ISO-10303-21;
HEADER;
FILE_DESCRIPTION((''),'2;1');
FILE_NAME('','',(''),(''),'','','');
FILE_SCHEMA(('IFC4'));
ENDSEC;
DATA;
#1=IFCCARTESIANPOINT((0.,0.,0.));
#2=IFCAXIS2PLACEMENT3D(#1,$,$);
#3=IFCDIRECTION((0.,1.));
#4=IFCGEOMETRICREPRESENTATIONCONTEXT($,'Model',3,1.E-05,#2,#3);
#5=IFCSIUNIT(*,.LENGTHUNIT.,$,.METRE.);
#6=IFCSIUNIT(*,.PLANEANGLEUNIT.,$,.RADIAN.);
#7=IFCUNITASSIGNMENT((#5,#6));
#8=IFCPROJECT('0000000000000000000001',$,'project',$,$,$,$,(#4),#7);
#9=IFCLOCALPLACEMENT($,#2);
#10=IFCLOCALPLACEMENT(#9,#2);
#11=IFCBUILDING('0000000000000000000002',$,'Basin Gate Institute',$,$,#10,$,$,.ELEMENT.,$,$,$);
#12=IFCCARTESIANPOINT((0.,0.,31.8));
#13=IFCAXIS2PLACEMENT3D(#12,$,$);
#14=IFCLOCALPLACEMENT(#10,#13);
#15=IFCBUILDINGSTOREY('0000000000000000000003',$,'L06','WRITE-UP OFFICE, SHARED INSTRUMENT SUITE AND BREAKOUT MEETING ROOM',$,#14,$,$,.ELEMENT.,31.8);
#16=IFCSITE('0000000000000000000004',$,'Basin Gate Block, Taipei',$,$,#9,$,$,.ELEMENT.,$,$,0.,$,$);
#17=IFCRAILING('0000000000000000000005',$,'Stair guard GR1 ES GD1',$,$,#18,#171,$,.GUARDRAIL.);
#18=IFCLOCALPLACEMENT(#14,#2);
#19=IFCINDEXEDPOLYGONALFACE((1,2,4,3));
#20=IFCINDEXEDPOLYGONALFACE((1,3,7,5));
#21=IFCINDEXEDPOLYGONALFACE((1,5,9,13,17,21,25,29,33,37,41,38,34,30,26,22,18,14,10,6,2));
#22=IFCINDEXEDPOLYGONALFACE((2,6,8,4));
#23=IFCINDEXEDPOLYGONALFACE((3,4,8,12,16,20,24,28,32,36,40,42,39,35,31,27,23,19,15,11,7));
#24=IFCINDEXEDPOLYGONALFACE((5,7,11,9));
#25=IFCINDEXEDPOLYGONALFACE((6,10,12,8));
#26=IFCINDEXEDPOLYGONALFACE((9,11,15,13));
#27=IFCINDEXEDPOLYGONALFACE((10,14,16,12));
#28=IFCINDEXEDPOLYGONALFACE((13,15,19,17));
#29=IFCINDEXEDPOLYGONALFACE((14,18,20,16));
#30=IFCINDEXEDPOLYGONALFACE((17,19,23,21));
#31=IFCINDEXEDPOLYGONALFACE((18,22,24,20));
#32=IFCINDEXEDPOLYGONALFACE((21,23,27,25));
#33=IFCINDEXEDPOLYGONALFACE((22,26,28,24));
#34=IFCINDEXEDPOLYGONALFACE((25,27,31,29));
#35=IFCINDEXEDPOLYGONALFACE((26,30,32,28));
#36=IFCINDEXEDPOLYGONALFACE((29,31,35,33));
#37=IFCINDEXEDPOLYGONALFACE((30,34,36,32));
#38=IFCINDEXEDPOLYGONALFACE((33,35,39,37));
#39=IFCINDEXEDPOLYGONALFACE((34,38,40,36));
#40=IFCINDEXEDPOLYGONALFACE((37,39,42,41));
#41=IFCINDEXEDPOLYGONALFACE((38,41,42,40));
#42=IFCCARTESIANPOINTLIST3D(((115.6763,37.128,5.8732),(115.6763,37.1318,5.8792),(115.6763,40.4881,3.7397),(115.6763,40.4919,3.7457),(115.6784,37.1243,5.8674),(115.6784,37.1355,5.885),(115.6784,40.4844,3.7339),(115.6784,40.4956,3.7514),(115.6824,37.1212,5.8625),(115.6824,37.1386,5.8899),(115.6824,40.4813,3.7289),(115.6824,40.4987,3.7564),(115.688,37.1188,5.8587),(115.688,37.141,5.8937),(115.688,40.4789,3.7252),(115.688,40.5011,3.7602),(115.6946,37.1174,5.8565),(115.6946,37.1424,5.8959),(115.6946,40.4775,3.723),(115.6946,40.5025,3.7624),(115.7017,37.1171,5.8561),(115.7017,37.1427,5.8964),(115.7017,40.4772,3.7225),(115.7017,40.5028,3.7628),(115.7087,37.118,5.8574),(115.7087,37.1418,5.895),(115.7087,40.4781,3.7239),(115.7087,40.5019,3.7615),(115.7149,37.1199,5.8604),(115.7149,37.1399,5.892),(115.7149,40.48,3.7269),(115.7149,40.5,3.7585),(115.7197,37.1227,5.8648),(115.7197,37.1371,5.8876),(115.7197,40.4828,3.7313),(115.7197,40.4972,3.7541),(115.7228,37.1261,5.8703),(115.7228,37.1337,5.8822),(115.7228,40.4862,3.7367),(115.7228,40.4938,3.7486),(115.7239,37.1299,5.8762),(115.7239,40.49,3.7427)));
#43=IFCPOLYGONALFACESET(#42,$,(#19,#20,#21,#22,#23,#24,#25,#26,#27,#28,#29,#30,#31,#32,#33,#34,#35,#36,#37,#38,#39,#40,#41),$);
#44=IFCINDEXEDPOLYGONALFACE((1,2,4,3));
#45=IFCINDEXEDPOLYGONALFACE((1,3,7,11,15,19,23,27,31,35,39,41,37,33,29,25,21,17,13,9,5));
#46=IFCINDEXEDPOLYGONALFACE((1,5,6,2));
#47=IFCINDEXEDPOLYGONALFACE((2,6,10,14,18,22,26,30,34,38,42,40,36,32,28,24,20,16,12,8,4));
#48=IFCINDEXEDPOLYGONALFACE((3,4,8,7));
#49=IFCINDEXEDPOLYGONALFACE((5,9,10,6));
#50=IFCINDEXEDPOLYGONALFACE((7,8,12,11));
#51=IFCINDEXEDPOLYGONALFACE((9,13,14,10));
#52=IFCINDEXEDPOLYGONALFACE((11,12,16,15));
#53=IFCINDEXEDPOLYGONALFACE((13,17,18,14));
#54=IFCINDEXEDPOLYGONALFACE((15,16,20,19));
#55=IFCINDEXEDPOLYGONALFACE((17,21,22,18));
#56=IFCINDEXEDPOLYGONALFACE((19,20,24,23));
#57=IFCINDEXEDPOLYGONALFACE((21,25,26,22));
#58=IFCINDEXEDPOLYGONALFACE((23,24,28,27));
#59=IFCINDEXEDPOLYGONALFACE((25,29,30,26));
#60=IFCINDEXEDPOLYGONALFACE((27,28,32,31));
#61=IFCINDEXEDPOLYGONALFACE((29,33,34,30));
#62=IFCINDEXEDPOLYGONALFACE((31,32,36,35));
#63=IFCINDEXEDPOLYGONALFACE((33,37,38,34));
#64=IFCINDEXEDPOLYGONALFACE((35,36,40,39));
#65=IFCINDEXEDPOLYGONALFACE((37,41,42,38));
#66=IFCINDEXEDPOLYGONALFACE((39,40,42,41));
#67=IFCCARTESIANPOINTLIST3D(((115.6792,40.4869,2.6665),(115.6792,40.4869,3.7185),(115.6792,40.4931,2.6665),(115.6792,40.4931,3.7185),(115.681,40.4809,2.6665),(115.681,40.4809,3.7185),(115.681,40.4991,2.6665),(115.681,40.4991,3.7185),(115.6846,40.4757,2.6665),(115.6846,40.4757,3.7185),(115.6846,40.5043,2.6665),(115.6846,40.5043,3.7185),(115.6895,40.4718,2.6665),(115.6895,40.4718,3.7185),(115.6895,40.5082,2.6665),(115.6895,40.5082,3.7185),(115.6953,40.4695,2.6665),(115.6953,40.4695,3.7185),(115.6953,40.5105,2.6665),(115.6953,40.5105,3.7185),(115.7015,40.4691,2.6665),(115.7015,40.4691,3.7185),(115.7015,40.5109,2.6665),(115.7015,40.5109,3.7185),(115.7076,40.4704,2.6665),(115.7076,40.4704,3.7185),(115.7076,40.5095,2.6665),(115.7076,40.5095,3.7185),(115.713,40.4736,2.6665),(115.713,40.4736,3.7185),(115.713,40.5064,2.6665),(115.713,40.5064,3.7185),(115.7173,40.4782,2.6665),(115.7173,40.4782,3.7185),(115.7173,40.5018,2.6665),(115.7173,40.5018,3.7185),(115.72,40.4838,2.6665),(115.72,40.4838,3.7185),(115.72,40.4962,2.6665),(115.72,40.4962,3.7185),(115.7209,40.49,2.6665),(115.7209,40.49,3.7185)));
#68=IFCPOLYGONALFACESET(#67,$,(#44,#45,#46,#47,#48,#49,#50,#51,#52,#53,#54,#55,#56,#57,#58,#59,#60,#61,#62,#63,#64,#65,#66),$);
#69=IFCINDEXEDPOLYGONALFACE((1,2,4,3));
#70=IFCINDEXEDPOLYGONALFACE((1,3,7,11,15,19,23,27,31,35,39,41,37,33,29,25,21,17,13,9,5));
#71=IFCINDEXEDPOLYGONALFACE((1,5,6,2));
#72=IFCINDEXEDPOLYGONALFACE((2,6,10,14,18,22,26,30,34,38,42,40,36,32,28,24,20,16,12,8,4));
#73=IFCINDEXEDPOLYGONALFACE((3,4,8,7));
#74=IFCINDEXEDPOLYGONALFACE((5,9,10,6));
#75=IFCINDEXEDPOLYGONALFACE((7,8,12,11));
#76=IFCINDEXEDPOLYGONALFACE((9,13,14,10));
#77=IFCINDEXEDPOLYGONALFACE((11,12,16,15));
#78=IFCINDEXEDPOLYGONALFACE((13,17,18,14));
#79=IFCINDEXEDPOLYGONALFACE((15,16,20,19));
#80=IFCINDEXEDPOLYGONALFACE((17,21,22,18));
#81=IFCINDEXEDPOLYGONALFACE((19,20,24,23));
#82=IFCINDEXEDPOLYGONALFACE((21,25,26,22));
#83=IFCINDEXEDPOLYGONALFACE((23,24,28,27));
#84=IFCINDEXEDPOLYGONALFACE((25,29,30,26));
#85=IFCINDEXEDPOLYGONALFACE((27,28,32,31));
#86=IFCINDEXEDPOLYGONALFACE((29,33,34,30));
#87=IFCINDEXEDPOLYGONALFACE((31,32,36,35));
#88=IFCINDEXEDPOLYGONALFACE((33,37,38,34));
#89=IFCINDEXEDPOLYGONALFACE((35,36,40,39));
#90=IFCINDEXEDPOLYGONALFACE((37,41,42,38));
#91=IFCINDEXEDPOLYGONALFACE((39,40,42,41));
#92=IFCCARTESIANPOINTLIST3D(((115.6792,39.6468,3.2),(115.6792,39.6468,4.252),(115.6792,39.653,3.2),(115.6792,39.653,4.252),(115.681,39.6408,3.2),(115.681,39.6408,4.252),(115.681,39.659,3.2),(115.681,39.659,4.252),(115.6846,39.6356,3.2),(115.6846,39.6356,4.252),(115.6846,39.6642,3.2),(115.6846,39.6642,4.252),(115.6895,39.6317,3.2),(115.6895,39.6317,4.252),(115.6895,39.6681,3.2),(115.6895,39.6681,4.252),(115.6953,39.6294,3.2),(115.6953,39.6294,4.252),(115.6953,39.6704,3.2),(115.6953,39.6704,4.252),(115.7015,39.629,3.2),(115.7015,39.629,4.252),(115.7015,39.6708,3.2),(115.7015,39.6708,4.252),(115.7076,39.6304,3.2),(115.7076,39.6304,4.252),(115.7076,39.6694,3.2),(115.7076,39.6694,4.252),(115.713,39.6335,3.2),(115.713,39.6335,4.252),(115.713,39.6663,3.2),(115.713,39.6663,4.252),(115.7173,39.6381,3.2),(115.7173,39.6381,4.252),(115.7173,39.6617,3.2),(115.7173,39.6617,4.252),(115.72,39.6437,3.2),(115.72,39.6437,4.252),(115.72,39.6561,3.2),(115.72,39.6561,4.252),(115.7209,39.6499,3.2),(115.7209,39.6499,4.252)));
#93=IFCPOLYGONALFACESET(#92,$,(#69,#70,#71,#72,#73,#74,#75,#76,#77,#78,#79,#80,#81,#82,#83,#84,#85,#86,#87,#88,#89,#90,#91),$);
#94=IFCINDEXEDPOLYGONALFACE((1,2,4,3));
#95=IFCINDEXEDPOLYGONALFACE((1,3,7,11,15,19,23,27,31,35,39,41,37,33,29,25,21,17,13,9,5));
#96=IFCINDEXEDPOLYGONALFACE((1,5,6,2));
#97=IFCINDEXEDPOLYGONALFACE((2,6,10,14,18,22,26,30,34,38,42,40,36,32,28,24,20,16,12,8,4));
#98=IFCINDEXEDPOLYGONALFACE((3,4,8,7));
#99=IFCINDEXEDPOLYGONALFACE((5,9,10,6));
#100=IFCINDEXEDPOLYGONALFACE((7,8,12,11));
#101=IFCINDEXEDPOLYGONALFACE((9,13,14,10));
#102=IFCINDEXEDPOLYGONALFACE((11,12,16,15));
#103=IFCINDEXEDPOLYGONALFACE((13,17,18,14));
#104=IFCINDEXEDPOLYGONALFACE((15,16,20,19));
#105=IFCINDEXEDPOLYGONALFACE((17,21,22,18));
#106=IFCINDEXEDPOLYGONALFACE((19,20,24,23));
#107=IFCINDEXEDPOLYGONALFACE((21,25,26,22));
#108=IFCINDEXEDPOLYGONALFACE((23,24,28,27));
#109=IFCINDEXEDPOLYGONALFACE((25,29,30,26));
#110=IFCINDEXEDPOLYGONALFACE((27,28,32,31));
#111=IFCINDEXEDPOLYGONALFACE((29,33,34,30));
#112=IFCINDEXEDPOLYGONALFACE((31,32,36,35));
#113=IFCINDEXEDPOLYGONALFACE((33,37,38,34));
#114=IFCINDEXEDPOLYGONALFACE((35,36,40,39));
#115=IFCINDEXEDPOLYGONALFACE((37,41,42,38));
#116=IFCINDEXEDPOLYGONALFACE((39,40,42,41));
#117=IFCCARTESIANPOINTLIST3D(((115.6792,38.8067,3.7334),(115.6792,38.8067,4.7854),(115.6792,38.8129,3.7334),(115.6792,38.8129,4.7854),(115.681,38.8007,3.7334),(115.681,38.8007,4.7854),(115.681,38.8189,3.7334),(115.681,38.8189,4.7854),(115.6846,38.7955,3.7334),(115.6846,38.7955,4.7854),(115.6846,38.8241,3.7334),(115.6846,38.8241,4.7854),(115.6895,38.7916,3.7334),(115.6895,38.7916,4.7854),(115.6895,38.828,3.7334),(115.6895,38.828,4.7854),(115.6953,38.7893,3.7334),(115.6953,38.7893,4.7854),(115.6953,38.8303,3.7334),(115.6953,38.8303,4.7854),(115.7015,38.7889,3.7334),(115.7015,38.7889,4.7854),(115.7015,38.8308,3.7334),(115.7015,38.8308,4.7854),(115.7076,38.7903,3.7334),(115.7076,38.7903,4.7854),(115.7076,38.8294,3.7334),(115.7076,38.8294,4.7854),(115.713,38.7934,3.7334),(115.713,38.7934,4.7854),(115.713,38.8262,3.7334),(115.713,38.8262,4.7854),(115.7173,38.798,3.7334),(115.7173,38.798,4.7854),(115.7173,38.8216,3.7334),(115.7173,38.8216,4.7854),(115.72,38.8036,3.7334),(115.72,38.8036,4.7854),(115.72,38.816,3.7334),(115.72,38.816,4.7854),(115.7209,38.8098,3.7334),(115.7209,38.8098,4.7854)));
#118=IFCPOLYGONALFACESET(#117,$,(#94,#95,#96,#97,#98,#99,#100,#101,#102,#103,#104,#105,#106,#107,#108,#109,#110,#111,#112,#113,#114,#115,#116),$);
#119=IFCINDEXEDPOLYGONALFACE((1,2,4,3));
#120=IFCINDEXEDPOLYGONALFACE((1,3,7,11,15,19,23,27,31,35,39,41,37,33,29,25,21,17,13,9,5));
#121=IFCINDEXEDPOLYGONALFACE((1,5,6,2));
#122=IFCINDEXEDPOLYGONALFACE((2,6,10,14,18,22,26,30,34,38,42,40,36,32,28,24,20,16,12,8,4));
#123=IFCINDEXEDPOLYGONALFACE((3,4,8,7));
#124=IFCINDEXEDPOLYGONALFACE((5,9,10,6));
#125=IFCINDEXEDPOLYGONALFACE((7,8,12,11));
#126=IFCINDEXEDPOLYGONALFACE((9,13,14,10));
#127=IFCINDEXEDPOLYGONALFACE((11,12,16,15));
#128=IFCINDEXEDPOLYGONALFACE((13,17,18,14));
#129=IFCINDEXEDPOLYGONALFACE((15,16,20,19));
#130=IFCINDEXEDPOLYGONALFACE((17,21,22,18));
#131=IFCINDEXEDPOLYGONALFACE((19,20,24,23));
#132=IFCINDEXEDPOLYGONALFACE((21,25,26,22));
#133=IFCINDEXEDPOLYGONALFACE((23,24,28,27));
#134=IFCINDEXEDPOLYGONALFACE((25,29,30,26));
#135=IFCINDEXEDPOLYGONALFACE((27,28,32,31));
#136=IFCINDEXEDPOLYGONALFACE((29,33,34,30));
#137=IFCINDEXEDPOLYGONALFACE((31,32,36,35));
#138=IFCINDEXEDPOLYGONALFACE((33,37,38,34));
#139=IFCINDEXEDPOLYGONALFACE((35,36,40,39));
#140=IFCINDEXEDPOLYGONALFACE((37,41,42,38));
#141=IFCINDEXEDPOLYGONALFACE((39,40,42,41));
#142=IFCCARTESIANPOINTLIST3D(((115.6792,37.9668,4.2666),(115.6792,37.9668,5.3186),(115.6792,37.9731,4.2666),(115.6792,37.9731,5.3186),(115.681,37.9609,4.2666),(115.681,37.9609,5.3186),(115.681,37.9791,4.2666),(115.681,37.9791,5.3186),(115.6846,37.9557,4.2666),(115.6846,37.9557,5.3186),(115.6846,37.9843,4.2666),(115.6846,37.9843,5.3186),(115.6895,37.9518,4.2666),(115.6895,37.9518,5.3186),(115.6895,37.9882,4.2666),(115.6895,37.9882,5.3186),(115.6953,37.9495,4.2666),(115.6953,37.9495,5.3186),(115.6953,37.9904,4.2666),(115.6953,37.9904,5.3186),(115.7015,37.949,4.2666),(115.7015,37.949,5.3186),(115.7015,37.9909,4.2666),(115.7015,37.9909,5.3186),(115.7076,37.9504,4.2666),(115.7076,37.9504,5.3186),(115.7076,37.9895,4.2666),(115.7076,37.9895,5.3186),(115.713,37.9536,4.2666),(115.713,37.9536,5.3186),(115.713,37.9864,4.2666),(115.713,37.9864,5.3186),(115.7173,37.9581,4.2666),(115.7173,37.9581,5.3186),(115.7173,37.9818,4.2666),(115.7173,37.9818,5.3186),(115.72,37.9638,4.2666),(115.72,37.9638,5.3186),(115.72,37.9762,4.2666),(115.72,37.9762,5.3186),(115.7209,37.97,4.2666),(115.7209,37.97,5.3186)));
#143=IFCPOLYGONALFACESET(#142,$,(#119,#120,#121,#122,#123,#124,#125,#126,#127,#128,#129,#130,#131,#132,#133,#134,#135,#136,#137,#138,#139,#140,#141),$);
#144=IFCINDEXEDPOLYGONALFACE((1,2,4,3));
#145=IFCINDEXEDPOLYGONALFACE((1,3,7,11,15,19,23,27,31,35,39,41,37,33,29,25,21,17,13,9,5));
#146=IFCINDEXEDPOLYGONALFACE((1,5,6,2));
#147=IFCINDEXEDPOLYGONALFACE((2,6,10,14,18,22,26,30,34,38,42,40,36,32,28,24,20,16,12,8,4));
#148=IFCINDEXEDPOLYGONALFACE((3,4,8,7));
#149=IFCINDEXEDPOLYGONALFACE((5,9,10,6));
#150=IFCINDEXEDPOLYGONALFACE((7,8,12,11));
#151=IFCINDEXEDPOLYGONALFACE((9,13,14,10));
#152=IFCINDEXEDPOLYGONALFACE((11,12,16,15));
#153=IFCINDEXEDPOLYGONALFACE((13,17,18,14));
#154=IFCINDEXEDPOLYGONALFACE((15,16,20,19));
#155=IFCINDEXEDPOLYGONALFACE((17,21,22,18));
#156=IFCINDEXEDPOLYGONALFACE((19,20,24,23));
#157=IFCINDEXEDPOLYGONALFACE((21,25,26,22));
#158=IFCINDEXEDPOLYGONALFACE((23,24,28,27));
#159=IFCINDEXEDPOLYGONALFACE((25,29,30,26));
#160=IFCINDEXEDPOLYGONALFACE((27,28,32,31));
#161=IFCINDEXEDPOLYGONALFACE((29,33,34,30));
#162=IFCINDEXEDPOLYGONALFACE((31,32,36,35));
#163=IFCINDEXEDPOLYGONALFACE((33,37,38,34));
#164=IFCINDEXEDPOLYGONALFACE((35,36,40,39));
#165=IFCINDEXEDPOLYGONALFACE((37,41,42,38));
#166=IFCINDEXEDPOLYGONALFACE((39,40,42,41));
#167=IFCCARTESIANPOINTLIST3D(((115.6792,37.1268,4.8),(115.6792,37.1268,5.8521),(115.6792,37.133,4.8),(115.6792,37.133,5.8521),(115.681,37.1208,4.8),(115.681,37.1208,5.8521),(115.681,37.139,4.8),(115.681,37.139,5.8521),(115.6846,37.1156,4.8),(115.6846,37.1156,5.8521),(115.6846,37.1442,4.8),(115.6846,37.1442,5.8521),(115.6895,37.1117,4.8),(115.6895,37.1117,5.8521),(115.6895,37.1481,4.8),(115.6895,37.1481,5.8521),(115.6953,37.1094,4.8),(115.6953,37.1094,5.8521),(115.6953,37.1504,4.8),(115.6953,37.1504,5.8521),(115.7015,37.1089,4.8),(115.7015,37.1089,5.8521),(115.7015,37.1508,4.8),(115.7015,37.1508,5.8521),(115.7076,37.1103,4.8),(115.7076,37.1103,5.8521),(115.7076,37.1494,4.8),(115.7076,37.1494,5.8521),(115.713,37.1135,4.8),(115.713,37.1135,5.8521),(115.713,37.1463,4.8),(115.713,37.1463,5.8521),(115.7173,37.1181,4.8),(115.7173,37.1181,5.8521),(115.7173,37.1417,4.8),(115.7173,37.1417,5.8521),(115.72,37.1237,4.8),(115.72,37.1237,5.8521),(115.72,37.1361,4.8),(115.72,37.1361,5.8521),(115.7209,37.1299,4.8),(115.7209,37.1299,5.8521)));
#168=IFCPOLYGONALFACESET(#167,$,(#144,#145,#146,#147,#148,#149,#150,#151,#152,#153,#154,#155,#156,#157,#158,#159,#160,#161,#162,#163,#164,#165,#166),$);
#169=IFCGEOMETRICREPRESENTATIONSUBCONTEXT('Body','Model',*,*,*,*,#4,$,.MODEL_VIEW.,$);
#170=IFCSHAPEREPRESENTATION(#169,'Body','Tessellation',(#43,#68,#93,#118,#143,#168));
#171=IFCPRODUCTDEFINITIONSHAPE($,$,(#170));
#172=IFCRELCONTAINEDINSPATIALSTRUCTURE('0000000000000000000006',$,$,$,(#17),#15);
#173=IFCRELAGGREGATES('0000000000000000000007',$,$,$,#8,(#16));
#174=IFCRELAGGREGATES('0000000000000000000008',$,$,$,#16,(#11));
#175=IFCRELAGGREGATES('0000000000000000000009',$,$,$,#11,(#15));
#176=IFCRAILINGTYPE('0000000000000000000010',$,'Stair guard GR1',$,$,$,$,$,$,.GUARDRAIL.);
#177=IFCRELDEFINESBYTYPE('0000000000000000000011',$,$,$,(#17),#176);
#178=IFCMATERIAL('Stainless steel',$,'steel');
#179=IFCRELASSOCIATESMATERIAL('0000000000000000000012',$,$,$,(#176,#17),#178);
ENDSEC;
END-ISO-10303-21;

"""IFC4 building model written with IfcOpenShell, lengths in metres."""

from ifc_helpers import new_model, si_unit, direction, frame, origin, origin_2d, place, context, subcontext, project, spatial, circle, extrude, material, type_object, element, save


model = new_model("IFC4")

# Units and contexts
model_context = context("Model", 3, precision=1e-05, world=origin(), true_north=direction((0.0, 1.0)))
body_context = subcontext(model_context, "Body", "Model", "MODEL_VIEW")
ifc_project = project(units=[si_unit("LENGTHUNIT", "METRE"), si_unit("PLANEANGLEUNIT", "RADIAN")], contexts=[model_context])

# Site, building, storey
site_placement = place(None, origin())
site = spatial("IfcSite", under=ifc_project, at=site_placement, Name="Basin Gate Block, Taipei", CompositionType="ELEMENT", RefElevation=0.0)
building_placement = place(site_placement, origin())
building = spatial("IfcBuilding", under=site, at=building_placement, Name="Basin Gate Institute", CompositionType="ELEMENT")
storey_placement = place(building_placement, frame((0.0, 0.0, 31.8)))
storey = spatial("IfcBuildingStorey", under=building, at=storey_placement, Name="L06", Description="WRITE-UP OFFICE, SHARED INSTRUMENT SUITE AND BREAKOUT MEETING ROOM", CompositionType="ELEMENT", Elevation=31.8)

# Railing
ifc_material_1 = material(Name="Stainless steel", Category="steel")
railing_type_1 = type_object("IfcRailingType", Name="Stair guard GR1", PredefinedType="GUARDRAIL", material=ifc_material_1)
railing_1_placement = place(storey_placement, frame((115.7, 40.49, 2.6665)))
element("IfcRailing", 1, at=railing_1_placement, inside=storey, type_object=railing_type_1, material=ifc_material_1, Name="Stair guard GR1 ES GD1", PredefinedType="GUARDRAIL", context=body_context, shape_type="SweptSolid", body=[
    extrude(circle(Radius=0.0239, at=origin_2d()), frame((0.0, 0.0, 1.0762), z_axis=(0.0, -0.844197, 0.536034), x_axis=(1.0, 0.0, 0.0)), (0.0, 0.0, 1.0), 3.9802),
    extrude(circle(Radius=0.021, at=origin_2d()), origin(), (0.0, 0.0, 1.0), 1.052),
    extrude(circle(Radius=0.021, at=origin_2d()), frame((0.0, -0.8401, 0.5334)), (0.0, 0.0, 1.0), 1.052),
    extrude(circle(Radius=0.021, at=origin_2d()), frame((0.0, -1.6802, 1.0669)), (0.0, 0.0, 1.0), 1.052),
    extrude(circle(Radius=0.021, at=origin_2d()), frame((0.0, -2.52, 1.6001)), (0.0, 0.0, 1.0), 1.052),
    extrude(circle(Radius=0.021, at=origin_2d()), frame((0.0, -3.3601, 2.1335)), (0.0, 0.0, 1.0), 1.052),
])

save(model, "model.ifc")
